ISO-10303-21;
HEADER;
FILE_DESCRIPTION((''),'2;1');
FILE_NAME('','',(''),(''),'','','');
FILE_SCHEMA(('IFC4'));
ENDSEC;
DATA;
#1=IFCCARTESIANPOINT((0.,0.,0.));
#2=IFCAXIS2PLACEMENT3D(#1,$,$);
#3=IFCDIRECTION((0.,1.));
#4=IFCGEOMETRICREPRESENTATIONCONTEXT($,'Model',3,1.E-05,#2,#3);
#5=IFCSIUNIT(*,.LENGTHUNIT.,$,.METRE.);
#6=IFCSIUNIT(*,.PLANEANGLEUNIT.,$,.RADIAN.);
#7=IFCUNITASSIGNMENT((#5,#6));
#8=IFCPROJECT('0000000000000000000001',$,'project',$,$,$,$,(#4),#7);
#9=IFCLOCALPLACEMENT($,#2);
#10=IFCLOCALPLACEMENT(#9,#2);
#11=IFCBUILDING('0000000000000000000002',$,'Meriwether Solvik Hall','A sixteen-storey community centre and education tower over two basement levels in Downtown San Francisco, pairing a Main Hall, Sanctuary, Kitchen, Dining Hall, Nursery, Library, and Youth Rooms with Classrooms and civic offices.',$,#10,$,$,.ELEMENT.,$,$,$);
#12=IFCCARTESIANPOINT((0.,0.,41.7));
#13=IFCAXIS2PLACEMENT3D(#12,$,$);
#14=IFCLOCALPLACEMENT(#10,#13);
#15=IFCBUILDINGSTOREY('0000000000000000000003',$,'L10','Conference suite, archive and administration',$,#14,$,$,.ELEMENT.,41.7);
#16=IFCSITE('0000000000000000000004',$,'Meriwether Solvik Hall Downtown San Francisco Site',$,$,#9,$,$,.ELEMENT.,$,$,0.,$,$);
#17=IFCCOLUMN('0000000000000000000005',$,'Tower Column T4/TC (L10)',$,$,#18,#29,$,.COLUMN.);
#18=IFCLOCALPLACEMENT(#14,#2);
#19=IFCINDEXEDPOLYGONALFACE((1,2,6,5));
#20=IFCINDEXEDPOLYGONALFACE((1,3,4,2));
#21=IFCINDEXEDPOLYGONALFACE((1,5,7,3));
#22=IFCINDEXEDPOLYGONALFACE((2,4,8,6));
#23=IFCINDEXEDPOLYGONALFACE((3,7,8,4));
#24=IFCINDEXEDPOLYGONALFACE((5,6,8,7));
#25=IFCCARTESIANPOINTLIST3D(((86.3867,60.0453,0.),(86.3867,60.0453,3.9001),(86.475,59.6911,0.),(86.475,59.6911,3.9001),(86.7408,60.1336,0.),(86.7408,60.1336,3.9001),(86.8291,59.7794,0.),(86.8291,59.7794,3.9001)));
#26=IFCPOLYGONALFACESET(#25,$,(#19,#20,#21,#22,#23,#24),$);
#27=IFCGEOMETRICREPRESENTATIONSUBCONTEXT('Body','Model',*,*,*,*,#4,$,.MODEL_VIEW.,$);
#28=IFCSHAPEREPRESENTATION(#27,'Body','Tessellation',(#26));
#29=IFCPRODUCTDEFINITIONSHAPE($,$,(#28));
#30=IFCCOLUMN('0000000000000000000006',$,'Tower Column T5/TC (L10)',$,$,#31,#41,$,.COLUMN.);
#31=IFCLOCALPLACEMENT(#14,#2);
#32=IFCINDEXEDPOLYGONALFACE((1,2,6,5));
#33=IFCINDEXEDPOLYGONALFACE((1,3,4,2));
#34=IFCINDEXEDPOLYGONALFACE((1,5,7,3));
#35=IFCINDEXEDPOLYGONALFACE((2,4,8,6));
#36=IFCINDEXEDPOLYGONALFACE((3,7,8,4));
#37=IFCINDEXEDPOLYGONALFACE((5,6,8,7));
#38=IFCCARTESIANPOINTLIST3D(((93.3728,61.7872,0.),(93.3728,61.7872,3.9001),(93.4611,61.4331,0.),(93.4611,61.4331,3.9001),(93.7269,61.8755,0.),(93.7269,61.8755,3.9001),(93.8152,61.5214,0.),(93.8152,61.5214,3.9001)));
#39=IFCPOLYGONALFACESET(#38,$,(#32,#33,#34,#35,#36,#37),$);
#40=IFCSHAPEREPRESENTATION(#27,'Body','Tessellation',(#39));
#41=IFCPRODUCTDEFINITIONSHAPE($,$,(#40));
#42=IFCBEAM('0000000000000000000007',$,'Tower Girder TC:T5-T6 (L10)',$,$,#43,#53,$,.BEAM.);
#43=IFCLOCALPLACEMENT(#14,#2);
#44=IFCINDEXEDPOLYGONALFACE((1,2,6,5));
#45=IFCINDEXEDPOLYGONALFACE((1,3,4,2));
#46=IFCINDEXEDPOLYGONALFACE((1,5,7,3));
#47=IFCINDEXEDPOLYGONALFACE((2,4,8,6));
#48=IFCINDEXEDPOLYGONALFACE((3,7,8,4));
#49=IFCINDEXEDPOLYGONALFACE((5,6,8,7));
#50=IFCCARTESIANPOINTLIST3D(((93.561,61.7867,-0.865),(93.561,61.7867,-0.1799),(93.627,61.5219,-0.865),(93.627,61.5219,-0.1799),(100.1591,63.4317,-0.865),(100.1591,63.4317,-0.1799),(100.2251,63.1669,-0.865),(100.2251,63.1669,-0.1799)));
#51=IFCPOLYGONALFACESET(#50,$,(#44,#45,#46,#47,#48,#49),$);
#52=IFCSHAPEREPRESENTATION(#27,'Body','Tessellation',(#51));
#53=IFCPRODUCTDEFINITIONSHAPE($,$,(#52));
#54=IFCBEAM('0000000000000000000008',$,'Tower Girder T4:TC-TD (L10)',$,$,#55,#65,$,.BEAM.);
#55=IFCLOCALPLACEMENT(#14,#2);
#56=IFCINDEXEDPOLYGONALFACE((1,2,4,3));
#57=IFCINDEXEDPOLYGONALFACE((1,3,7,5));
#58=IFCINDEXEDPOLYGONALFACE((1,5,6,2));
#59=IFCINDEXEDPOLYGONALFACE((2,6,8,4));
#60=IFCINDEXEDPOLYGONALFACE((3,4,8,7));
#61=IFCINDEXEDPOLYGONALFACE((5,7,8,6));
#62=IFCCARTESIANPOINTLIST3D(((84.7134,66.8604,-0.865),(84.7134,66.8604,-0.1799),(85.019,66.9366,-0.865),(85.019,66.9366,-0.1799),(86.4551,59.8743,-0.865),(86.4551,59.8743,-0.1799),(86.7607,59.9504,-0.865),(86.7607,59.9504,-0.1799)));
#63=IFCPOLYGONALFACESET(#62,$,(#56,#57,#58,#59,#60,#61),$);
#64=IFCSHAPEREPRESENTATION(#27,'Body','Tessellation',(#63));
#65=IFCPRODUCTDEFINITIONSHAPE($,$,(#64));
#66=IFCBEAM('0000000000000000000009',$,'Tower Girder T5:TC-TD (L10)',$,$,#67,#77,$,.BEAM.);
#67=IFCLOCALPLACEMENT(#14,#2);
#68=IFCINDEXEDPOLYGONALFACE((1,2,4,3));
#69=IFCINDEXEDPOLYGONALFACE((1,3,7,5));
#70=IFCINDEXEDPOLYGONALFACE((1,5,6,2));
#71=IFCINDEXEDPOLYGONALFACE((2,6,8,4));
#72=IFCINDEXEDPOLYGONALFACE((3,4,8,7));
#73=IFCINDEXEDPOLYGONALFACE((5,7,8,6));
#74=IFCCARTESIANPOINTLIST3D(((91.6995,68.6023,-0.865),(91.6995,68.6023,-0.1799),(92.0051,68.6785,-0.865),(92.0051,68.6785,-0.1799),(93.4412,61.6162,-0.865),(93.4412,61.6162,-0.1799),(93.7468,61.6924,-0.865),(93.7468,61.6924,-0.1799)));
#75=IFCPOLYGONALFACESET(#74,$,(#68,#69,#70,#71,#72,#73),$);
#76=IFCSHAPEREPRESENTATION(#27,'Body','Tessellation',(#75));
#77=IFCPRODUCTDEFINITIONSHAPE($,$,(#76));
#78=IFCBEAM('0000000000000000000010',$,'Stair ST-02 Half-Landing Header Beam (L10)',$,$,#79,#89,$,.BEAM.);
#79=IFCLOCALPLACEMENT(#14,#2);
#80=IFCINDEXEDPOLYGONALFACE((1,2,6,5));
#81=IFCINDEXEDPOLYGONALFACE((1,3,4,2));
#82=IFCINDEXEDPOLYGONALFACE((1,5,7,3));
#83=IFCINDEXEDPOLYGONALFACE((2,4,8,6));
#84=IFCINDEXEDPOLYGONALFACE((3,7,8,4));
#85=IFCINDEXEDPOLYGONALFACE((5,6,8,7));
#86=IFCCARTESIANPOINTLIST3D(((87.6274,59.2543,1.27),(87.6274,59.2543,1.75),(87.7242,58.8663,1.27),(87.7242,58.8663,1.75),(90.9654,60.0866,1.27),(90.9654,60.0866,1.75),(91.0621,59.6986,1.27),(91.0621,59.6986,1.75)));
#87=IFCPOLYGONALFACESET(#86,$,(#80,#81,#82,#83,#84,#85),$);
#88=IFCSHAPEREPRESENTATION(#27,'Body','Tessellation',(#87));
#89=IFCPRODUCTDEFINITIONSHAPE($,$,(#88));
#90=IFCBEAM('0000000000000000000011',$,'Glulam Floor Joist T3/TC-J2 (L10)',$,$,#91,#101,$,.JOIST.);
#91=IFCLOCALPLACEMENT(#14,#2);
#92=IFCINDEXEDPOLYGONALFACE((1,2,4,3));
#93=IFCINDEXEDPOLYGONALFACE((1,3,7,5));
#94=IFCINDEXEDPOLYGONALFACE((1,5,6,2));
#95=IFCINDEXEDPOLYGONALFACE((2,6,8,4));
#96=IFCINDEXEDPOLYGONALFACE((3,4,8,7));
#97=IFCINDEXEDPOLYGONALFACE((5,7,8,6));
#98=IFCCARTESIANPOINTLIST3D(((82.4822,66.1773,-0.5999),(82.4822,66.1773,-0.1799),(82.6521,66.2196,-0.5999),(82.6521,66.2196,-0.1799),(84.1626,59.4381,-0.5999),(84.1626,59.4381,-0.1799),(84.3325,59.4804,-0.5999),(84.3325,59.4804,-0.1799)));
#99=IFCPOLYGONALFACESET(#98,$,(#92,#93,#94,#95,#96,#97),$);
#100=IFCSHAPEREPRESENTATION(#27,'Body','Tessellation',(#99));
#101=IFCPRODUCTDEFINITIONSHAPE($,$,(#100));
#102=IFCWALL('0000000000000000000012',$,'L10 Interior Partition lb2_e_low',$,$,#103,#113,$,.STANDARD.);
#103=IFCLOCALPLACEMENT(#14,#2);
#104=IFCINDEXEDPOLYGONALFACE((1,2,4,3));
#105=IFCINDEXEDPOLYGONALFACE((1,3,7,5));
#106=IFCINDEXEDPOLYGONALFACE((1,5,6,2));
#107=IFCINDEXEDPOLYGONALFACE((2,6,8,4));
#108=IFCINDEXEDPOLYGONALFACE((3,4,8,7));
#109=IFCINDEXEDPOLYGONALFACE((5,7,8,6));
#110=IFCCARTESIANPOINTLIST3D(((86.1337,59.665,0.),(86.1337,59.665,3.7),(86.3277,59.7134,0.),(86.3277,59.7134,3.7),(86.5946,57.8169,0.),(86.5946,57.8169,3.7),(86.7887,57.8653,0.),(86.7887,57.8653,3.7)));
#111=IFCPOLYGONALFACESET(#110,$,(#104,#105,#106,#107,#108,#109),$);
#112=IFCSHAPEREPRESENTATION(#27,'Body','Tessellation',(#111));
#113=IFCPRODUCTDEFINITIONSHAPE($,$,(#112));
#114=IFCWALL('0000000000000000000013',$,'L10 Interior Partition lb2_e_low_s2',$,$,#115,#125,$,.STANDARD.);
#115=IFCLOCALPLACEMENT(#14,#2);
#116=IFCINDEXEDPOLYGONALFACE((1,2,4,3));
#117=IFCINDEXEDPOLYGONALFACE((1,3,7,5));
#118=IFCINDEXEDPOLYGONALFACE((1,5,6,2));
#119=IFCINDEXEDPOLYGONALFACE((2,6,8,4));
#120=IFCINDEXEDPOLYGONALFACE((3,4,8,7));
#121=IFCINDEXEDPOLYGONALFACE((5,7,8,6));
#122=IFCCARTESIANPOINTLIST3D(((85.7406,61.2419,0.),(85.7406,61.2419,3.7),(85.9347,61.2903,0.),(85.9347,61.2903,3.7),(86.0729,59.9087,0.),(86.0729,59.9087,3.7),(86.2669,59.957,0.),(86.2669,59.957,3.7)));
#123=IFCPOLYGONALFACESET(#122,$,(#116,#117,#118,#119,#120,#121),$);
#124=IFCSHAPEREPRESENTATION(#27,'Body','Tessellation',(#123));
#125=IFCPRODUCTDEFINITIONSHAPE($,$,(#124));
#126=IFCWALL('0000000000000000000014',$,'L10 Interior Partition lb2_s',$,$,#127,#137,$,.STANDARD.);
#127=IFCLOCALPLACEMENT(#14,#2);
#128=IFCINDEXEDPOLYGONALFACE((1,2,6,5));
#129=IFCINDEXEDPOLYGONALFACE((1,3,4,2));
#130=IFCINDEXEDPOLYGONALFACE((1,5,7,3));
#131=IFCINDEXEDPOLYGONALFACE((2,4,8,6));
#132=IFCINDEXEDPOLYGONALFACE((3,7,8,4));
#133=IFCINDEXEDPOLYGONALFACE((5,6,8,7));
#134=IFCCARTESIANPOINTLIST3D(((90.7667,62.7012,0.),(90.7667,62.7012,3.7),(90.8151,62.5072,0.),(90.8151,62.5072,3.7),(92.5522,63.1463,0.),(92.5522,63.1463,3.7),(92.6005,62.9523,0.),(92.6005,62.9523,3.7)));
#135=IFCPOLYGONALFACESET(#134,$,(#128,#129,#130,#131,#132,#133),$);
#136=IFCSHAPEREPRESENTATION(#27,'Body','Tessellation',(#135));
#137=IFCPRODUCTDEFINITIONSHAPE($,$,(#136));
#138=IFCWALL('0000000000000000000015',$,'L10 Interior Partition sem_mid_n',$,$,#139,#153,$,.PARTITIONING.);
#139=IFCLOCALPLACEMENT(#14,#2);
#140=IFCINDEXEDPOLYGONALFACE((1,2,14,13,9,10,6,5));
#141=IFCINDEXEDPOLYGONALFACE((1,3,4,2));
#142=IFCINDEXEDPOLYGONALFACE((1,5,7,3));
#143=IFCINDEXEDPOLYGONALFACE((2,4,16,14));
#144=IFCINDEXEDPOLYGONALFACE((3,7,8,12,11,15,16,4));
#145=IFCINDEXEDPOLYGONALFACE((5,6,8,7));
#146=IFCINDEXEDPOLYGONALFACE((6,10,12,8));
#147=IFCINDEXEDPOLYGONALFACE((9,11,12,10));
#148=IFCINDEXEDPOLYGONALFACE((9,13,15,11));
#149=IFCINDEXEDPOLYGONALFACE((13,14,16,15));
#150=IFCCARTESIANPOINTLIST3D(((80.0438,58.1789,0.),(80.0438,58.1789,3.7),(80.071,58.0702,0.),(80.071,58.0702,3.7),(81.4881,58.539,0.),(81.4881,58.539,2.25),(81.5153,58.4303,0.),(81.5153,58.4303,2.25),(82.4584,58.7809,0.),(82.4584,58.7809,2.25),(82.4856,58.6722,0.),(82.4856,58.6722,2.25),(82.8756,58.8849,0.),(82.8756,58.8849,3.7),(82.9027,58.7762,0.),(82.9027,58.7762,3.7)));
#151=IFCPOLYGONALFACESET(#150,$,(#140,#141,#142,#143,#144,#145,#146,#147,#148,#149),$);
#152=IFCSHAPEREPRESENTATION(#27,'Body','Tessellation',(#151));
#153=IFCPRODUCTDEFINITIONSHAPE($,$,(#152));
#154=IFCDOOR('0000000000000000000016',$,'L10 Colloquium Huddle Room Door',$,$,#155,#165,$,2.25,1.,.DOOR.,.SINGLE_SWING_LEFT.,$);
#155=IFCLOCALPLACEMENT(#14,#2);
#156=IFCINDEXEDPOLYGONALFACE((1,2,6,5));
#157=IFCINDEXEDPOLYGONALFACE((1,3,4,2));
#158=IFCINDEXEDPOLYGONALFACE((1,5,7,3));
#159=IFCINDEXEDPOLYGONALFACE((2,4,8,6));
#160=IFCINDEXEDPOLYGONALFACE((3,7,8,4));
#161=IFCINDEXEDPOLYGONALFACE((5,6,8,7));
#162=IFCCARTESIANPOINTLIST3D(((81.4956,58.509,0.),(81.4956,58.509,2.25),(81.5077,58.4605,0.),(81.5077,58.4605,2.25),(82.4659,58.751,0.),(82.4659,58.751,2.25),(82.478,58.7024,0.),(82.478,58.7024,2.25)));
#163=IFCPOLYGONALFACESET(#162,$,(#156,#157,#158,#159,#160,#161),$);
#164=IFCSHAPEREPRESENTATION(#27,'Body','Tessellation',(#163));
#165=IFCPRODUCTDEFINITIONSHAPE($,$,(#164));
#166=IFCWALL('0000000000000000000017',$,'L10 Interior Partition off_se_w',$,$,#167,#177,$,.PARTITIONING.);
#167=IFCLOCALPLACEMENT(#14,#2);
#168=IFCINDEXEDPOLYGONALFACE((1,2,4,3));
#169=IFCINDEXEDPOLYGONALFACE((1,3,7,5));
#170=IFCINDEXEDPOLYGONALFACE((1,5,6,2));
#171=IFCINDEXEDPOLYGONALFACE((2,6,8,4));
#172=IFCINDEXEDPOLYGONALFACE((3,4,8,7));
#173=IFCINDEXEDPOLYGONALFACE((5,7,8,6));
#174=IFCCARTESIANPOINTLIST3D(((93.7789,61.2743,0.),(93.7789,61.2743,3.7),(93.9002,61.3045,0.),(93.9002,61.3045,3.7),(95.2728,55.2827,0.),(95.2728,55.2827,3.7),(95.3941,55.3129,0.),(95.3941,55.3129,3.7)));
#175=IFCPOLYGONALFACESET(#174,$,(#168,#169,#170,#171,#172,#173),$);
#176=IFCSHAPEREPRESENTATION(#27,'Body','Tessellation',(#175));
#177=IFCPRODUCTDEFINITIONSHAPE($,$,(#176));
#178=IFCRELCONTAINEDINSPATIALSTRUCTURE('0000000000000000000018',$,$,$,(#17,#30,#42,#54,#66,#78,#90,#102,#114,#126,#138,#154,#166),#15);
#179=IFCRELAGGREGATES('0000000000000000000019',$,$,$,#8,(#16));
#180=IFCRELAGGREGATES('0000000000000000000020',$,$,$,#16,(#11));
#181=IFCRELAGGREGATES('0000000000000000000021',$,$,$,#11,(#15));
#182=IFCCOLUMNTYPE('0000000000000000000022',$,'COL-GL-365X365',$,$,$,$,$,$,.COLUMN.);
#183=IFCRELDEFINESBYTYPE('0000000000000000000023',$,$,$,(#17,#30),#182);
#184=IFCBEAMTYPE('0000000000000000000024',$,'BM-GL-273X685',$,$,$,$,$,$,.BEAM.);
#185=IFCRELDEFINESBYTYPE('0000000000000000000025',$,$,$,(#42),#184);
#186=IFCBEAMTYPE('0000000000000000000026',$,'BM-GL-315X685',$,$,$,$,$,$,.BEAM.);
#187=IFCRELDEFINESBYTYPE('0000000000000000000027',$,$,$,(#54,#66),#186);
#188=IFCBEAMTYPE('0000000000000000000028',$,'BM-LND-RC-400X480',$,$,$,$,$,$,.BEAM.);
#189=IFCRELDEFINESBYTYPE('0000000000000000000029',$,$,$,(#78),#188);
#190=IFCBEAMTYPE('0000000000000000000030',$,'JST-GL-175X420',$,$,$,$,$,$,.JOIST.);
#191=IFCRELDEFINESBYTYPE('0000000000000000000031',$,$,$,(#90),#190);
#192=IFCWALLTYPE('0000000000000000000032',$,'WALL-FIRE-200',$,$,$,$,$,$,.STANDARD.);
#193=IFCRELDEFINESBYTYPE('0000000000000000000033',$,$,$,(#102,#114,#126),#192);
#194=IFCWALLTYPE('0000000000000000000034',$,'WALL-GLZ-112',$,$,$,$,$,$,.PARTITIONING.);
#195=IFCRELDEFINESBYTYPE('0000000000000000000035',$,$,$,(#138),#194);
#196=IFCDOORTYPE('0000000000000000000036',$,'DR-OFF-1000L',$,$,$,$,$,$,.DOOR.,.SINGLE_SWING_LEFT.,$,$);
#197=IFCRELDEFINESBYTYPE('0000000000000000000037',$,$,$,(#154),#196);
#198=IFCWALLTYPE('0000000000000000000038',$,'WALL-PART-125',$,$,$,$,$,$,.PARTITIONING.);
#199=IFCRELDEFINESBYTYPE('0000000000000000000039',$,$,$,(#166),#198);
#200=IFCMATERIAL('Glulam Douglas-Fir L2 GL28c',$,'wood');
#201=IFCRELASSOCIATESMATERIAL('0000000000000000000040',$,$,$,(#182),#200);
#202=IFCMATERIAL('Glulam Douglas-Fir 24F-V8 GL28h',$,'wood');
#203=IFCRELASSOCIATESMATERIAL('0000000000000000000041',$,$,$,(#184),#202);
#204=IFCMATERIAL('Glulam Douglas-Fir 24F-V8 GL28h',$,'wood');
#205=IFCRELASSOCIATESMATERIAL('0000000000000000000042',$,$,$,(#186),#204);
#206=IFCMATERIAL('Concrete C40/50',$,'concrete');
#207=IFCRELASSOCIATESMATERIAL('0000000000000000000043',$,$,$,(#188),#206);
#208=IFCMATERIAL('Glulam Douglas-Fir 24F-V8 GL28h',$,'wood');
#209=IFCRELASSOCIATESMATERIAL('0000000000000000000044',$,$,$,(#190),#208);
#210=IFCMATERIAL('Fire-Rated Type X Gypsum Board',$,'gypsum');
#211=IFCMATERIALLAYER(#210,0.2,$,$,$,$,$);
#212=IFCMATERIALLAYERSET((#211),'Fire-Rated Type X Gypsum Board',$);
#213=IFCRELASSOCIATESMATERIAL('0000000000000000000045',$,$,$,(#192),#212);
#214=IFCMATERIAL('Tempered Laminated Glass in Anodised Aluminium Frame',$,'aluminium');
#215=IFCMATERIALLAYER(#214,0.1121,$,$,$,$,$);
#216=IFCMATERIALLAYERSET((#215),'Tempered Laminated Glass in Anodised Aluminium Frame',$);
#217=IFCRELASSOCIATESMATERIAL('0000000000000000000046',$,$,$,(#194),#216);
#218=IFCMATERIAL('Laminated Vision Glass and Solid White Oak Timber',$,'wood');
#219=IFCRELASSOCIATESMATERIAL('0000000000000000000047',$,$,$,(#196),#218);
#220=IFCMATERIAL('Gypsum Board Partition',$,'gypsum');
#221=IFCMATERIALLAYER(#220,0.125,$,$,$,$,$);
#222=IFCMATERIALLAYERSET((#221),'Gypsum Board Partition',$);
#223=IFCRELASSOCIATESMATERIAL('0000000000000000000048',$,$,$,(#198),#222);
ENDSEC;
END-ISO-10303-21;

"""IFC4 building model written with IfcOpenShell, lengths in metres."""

from ifc_helpers import new_model, si_unit, direction, frame, frame_2d, origin, origin_2d, place, context, subcontext, project, spatial, rectangle, extrude, material, layer, layer_set, material_profile, profile_set, type_object, element, fill, save


model = new_model("IFC4")

# Units and contexts
model_context = context("Model", 3, precision=1e-05, world=origin(), true_north=direction((0.0, 1.0)))
body_context = subcontext(model_context, "Body", "Model", "MODEL_VIEW")
ifc_project = project(units=[si_unit("LENGTHUNIT", "METRE"), si_unit("PLANEANGLEUNIT", "RADIAN")], contexts=[model_context])

# Site, building, storey
site_placement = place(None, origin())
site = spatial("IfcSite", under=ifc_project, at=site_placement, Name="Meriwether Solvik Hall Downtown San Francisco Site", CompositionType="ELEMENT", RefElevation=0.0)
building_placement = place(site_placement, origin())
building = spatial("IfcBuilding", under=site, at=building_placement, Name="Meriwether Solvik Hall", Description="A sixteen-storey community centre and education tower over two basement levels in Downtown San Francisco, pairing a Main Hall, Sanctuary, Kitchen, Dining Hall, Nursery, Library, and Youth Rooms with Classrooms and civic offices.", CompositionType="ELEMENT")
storey_placement = place(building_placement, frame((0.0, 0.0, 41.7)))
storey = spatial("IfcBuildingStorey", under=building, at=storey_placement, Name="L10", Description="Conference suite, archive and administration", CompositionType="ELEMENT", Elevation=41.7)

# Columns
ifc_material_1 = material(Name="Glulam Douglas-Fir L2 GL28c", Category="wood")
ifc_material_profile_1 = material_profile(ifc_material_1, rectangle(XDim=0.365, YDim=0.365, at=origin_2d()), Name="GLC-365X365")
ifc_profile_set_1 = profile_set([ifc_material_profile_1], Name="Glulam Douglas-Fir L2 GL28c")
column_type = type_object("IfcColumnType", Name="COL-GL-365X365", PredefinedType="COLUMN", material=ifc_profile_set_1)
for number, where, z_axis, x_axis, name in (
    (1, (86.6079, 59.9124, 0.0), (0.0, 0.0, 1.0), (0.970296, 0.241922, 0.0), "Tower Column T4/TC (L10)"),
    (2, (93.594, 61.6543, 0.0), (0.0, 0.0, 1.0), (0.970296, 0.241922, 0.0), "Tower Column T5/TC (L10)"),
):
    element("IfcColumn", number, at=place(storey_placement, frame(where, z_axis=z_axis, x_axis=x_axis)), inside=storey, type_object=column_type, Name=name, PredefinedType="COLUMN", context=body_context, shape_type="SweptSolid", body=[
        extrude(rectangle(XDim=0.365, YDim=0.365, at=origin_2d()), origin(), (0.0, 0.0, 1.0), 3.9001),
    ])

# Beams
ifc_material_2 = material(Name="Glulam Douglas-Fir 24F-V8 GL28h", Category="wood")
ifc_material_profile_2 = material_profile(ifc_material_2, rectangle(XDim=0.2729, YDim=0.6851, at=origin_2d()), Name="GLB-273X685")
ifc_profile_set_2 = profile_set([ifc_material_profile_2], Name="Glulam Douglas-Fir 24F-V8 GL28h")
beam_type_1 = type_object("IfcBeamType", Name="BM-GL-273X685", PredefinedType="BEAM", material=ifc_profile_set_2)
beam_1_placement = place(storey_placement, frame((93.594, 61.6543, -0.5225), z_axis=(0.970299, 0.24191, 0.0), x_axis=(-0.24191, 0.970299, 0.0)))
element("IfcBeam", 3, at=beam_1_placement, inside=storey, type_object=beam_type_1, Name="Tower Girder TC:T5-T6 (L10)", PredefinedType="BEAM", context=body_context, shape_type="SweptSolid", body=[
    extrude(rectangle(XDim=0.2729, YDim=0.6851, at=origin_2d()), origin(), (0.0, 0.0, 1.0), 6.8),
])
ifc_material_3 = material(Name="Glulam Douglas-Fir 24F-V8 GL28h", Category="wood")
ifc_material_profile_3 = material_profile(ifc_material_3, rectangle(XDim=0.3149, YDim=0.6851, at=origin_2d()), Name="GLB-315X685")
ifc_profile_set_3 = profile_set([ifc_material_profile_3], Name="Glulam Douglas-Fir 24F-V8 GL28h")
beam_type_2 = type_object("IfcBeamType", Name="BM-GL-315X685", PredefinedType="BEAM", material=ifc_profile_set_3)
for number, where, z_axis, x_axis, name in (
    (4, (86.6079, 59.9124, -0.5225), (-0.241905, 0.9703, 0.0), (-0.9703, -0.241905, 0.0), "Tower Girder T4:TC-TD (L10)"),
    (5, (93.594, 61.6543, -0.5225), (-0.241905, 0.9703, 0.0), (-0.9703, -0.241905, 0.0), "Tower Girder T5:TC-TD (L10)"),
):
    element("IfcBeam", number, at=place(storey_placement, frame(where, z_axis=z_axis, x_axis=x_axis)), inside=storey, type_object=beam_type_2, Name=name, PredefinedType="BEAM", context=body_context, shape_type="SweptSolid", body=[
        extrude(rectangle(XDim=0.3149, YDim=0.6851, at=origin_2d()), origin(), (0.0, 0.0, 1.0), 7.2),
    ])
ifc_material_4 = material(Name="Concrete C40/50", Category="concrete")
ifc_material_profile_4 = material_profile(ifc_material_4, rectangle(XDim=0.3999, YDim=0.48, at=origin_2d()), Name="RCB-400X480")
ifc_profile_set_4 = profile_set([ifc_material_profile_4], Name="Concrete C40/50")
beam_type_3 = type_object("IfcBeamType", Name="BM-LND-RC-400X480", PredefinedType="BEAM", material=ifc_profile_set_4)
beam_2_placement = place(storey_placement, frame((87.6758, 59.0603, 1.51), z_axis=(0.970293, 0.241934, 0.0), x_axis=(-0.241934, 0.970293, 0.0)))
element("IfcBeam", 6, at=beam_2_placement, inside=storey, type_object=beam_type_3, Name="Stair ST-02 Half-Landing Header Beam (L10)", PredefinedType="BEAM", context=body_context, shape_type="SweptSolid", body=[
    extrude(rectangle(XDim=0.3999, YDim=0.48, at=origin_2d()), origin(), (0.0, 0.0, 1.0), 3.4402),
])
ifc_material_5 = material(Name="Glulam Douglas-Fir 24F-V8 GL28h", Category="wood")
ifc_material_profile_5 = material_profile(ifc_material_5, rectangle(XDim=0.175, YDim=0.4199, at=origin_2d()), Name="GLJ-175X420")
ifc_profile_set_5 = profile_set([ifc_material_profile_5], Name="Glulam Douglas-Fir 24F-V8 GL28h")
beam_type_4 = type_object("IfcBeamType", Name="JST-GL-175X420", PredefinedType="JOIST", material=ifc_profile_set_5)
beam_3_placement = place(storey_placement, frame((84.2476, 59.4592, -0.3899), z_axis=(-0.24194, 0.970291, 0.0), x_axis=(-0.970291, -0.24194, 0.0)))
element("IfcBeam", 7, at=beam_3_placement, inside=storey, type_object=beam_type_4, Name="Glulam Floor Joist T3/TC-J2 (L10)", PredefinedType="JOIST", context=body_context, shape_type="SweptSolid", body=[
    extrude(rectangle(XDim=0.175, YDim=0.4199, at=origin_2d()), origin(), (0.0, 0.0, 1.0), 6.9456),
])

# Walls
ifc_material_6 = material(Name="Fire-Rated Type X Gypsum Board", Category="gypsum")
ifc_layer_1 = layer(ifc_material_6, 0.2)
ifc_layer_set_1 = layer_set([ifc_layer_1], Name="Fire-Rated Type X Gypsum Board")
wall_type_1 = type_object("IfcWallType", Name="WALL-FIRE-200", PredefinedType="STANDARD", material=ifc_layer_set_1)
wall_1_placement = place(storey_placement, frame((86.6917, 57.8411, 0.0), z_axis=(0.0, 0.0, 1.0), x_axis=(-0.241993, 0.970278, 0.0)))
element("IfcWall", 8, at=wall_1_placement, inside=storey, type_object=wall_type_1, Name="L10 Interior Partition lb2_e_low", PredefinedType="STANDARD", context=body_context, shape_type="SweptSolid", body=[
    extrude(rectangle(XDim=1.9048, YDim=0.2, at=frame_2d((0.9524, 0.0))), origin(), (0.0, 0.0, 1.0), 3.7),
])
wall_2_placement = place(storey_placement, frame((86.1699, 59.9329, 0.0), z_axis=(0.0, 0.0, 1.0), x_axis=(-0.241825, 0.97032, 0.0)))
element("IfcWall", 9, at=wall_2_placement, inside=storey, type_object=wall_type_1, Name="L10 Interior Partition lb2_e_low_s2", PredefinedType="STANDARD", context=body_context, shape_type="SweptSolid", body=[
    extrude(rectangle(XDim=1.374, YDim=0.2, at=frame_2d((0.687, 0.0))), origin(), (0.0, 0.0, 1.0), 3.7),
])
wall_3_placement = place(storey_placement, frame((90.791, 62.6042, 0.0), z_axis=(0.0, 0.0, 1.0), x_axis=(0.970306, 0.24188, 0.0)))
element("IfcWall", 10, at=wall_3_placement, inside=storey, type_object=wall_type_1, Name="L10 Interior Partition lb2_s", PredefinedType="STANDARD", context=body_context, shape_type="SweptSolid", body=[
    extrude(rectangle(XDim=1.8401, YDim=0.2, at=frame_2d((0.9199, 0.0))), origin(), (0.0, 0.0, 1.0), 3.7),
])

# Wall, opening, door
ifc_material_7 = material(Name="Tempered Laminated Glass in Anodised Aluminium Frame", Category="aluminium")
ifc_layer_2 = layer(ifc_material_7, 0.1121)
ifc_layer_set_2 = layer_set([ifc_layer_2], Name="Tempered Laminated Glass in Anodised Aluminium Frame")
wall_type_2 = type_object("IfcWallType", Name="WALL-GLZ-112", PredefinedType="PARTITIONING", material=ifc_layer_set_2)
wall_4_placement = place(storey_placement, frame((82.8892, 58.8306, 0.0), z_axis=(0.0, 0.0, 1.0), x_axis=(-0.970295, -0.241925, 0.0)))
wall_4 = element("IfcWall", 11, at=wall_4_placement, inside=storey, type_object=wall_type_2, Name="L10 Interior Partition sem_mid_n", PredefinedType="PARTITIONING", context=body_context, shape_type="SweptSolid", body=[
    extrude(rectangle(XDim=2.9185, YDim=0.1121, at=frame_2d((1.4592, 0.0))), origin(), (0.0, 0.0, 1.0), 3.7),
])
opening_placement = place(wall_4_placement, frame((0.4299, 0.0, 0.0)))
opening = element("IfcOpeningElement", 12, at=opening_placement, cuts=wall_4, PredefinedType="OPENING", context=body_context, shape_type="SweptSolid", body=[
    extrude(rectangle(XDim=1.0, YDim=2.25, at=frame_2d((0.5, 1.125))), frame((0.0, 0.0679, 0.0), z_axis=(0.0, -1.0, 0.0), x_axis=(1.0, 0.0, 0.0)), (0.0, 0.0, 1.0), 0.136),
])
ifc_material_8 = material(Name="Laminated Vision Glass and Solid White Oak Timber", Category="wood")
door_type = type_object("IfcDoorType", Name="DR-OFF-1000L", OperationType="SINGLE_SWING_LEFT", PredefinedType="DOOR", material=ifc_material_8)
door_placement = place(opening_placement, origin())
door = element("IfcDoor", 13, at=door_placement, inside=storey, type_object=door_type, Name="L10 Colloquium Huddle Room Door", OperationType="SINGLE_SWING_LEFT", OverallHeight=2.25, OverallWidth=1.0, PredefinedType="DOOR", context=body_context, shape_type="SweptSolid", body=[
    extrude(rectangle(XDim=1.0, YDim=2.25, at=frame_2d((0.5, 1.125))), frame((0.0, 0.0249, 0.0), z_axis=(0.0, -1.0, 0.0), x_axis=(1.0, 0.0, 0.0)), (0.0, 0.0, 1.0), 0.05),
])
fill(opening, door)

# Wall
ifc_material_9 = material(Name="Gypsum Board Partition", Category="gypsum")
ifc_layer_3 = layer(ifc_material_9, 0.125)
ifc_layer_set_3 = layer_set([ifc_layer_3], Name="Gypsum Board Partition")
wall_type_3 = type_object("IfcWallType", Name="WALL-PART-125", PredefinedType="PARTITIONING", material=ifc_layer_set_3)
wall_5_placement = place(storey_placement, frame((93.8396, 61.2893, 0.0), z_axis=(0.0, 0.0, 1.0), x_axis=(0.241922, -0.970296, 0.0)))
element("IfcWall", 14, at=wall_5_placement, inside=storey, type_object=wall_type_3, Name="L10 Interior Partition off_se_w", PredefinedType="PARTITIONING", context=body_context, shape_type="SweptSolid", body=[
    extrude(rectangle(XDim=6.175, YDim=0.125, at=frame_2d((3.0874, 0.0))), origin(), (0.0, 0.0, 1.0), 3.7),
])

save(model, "model.ifc")
